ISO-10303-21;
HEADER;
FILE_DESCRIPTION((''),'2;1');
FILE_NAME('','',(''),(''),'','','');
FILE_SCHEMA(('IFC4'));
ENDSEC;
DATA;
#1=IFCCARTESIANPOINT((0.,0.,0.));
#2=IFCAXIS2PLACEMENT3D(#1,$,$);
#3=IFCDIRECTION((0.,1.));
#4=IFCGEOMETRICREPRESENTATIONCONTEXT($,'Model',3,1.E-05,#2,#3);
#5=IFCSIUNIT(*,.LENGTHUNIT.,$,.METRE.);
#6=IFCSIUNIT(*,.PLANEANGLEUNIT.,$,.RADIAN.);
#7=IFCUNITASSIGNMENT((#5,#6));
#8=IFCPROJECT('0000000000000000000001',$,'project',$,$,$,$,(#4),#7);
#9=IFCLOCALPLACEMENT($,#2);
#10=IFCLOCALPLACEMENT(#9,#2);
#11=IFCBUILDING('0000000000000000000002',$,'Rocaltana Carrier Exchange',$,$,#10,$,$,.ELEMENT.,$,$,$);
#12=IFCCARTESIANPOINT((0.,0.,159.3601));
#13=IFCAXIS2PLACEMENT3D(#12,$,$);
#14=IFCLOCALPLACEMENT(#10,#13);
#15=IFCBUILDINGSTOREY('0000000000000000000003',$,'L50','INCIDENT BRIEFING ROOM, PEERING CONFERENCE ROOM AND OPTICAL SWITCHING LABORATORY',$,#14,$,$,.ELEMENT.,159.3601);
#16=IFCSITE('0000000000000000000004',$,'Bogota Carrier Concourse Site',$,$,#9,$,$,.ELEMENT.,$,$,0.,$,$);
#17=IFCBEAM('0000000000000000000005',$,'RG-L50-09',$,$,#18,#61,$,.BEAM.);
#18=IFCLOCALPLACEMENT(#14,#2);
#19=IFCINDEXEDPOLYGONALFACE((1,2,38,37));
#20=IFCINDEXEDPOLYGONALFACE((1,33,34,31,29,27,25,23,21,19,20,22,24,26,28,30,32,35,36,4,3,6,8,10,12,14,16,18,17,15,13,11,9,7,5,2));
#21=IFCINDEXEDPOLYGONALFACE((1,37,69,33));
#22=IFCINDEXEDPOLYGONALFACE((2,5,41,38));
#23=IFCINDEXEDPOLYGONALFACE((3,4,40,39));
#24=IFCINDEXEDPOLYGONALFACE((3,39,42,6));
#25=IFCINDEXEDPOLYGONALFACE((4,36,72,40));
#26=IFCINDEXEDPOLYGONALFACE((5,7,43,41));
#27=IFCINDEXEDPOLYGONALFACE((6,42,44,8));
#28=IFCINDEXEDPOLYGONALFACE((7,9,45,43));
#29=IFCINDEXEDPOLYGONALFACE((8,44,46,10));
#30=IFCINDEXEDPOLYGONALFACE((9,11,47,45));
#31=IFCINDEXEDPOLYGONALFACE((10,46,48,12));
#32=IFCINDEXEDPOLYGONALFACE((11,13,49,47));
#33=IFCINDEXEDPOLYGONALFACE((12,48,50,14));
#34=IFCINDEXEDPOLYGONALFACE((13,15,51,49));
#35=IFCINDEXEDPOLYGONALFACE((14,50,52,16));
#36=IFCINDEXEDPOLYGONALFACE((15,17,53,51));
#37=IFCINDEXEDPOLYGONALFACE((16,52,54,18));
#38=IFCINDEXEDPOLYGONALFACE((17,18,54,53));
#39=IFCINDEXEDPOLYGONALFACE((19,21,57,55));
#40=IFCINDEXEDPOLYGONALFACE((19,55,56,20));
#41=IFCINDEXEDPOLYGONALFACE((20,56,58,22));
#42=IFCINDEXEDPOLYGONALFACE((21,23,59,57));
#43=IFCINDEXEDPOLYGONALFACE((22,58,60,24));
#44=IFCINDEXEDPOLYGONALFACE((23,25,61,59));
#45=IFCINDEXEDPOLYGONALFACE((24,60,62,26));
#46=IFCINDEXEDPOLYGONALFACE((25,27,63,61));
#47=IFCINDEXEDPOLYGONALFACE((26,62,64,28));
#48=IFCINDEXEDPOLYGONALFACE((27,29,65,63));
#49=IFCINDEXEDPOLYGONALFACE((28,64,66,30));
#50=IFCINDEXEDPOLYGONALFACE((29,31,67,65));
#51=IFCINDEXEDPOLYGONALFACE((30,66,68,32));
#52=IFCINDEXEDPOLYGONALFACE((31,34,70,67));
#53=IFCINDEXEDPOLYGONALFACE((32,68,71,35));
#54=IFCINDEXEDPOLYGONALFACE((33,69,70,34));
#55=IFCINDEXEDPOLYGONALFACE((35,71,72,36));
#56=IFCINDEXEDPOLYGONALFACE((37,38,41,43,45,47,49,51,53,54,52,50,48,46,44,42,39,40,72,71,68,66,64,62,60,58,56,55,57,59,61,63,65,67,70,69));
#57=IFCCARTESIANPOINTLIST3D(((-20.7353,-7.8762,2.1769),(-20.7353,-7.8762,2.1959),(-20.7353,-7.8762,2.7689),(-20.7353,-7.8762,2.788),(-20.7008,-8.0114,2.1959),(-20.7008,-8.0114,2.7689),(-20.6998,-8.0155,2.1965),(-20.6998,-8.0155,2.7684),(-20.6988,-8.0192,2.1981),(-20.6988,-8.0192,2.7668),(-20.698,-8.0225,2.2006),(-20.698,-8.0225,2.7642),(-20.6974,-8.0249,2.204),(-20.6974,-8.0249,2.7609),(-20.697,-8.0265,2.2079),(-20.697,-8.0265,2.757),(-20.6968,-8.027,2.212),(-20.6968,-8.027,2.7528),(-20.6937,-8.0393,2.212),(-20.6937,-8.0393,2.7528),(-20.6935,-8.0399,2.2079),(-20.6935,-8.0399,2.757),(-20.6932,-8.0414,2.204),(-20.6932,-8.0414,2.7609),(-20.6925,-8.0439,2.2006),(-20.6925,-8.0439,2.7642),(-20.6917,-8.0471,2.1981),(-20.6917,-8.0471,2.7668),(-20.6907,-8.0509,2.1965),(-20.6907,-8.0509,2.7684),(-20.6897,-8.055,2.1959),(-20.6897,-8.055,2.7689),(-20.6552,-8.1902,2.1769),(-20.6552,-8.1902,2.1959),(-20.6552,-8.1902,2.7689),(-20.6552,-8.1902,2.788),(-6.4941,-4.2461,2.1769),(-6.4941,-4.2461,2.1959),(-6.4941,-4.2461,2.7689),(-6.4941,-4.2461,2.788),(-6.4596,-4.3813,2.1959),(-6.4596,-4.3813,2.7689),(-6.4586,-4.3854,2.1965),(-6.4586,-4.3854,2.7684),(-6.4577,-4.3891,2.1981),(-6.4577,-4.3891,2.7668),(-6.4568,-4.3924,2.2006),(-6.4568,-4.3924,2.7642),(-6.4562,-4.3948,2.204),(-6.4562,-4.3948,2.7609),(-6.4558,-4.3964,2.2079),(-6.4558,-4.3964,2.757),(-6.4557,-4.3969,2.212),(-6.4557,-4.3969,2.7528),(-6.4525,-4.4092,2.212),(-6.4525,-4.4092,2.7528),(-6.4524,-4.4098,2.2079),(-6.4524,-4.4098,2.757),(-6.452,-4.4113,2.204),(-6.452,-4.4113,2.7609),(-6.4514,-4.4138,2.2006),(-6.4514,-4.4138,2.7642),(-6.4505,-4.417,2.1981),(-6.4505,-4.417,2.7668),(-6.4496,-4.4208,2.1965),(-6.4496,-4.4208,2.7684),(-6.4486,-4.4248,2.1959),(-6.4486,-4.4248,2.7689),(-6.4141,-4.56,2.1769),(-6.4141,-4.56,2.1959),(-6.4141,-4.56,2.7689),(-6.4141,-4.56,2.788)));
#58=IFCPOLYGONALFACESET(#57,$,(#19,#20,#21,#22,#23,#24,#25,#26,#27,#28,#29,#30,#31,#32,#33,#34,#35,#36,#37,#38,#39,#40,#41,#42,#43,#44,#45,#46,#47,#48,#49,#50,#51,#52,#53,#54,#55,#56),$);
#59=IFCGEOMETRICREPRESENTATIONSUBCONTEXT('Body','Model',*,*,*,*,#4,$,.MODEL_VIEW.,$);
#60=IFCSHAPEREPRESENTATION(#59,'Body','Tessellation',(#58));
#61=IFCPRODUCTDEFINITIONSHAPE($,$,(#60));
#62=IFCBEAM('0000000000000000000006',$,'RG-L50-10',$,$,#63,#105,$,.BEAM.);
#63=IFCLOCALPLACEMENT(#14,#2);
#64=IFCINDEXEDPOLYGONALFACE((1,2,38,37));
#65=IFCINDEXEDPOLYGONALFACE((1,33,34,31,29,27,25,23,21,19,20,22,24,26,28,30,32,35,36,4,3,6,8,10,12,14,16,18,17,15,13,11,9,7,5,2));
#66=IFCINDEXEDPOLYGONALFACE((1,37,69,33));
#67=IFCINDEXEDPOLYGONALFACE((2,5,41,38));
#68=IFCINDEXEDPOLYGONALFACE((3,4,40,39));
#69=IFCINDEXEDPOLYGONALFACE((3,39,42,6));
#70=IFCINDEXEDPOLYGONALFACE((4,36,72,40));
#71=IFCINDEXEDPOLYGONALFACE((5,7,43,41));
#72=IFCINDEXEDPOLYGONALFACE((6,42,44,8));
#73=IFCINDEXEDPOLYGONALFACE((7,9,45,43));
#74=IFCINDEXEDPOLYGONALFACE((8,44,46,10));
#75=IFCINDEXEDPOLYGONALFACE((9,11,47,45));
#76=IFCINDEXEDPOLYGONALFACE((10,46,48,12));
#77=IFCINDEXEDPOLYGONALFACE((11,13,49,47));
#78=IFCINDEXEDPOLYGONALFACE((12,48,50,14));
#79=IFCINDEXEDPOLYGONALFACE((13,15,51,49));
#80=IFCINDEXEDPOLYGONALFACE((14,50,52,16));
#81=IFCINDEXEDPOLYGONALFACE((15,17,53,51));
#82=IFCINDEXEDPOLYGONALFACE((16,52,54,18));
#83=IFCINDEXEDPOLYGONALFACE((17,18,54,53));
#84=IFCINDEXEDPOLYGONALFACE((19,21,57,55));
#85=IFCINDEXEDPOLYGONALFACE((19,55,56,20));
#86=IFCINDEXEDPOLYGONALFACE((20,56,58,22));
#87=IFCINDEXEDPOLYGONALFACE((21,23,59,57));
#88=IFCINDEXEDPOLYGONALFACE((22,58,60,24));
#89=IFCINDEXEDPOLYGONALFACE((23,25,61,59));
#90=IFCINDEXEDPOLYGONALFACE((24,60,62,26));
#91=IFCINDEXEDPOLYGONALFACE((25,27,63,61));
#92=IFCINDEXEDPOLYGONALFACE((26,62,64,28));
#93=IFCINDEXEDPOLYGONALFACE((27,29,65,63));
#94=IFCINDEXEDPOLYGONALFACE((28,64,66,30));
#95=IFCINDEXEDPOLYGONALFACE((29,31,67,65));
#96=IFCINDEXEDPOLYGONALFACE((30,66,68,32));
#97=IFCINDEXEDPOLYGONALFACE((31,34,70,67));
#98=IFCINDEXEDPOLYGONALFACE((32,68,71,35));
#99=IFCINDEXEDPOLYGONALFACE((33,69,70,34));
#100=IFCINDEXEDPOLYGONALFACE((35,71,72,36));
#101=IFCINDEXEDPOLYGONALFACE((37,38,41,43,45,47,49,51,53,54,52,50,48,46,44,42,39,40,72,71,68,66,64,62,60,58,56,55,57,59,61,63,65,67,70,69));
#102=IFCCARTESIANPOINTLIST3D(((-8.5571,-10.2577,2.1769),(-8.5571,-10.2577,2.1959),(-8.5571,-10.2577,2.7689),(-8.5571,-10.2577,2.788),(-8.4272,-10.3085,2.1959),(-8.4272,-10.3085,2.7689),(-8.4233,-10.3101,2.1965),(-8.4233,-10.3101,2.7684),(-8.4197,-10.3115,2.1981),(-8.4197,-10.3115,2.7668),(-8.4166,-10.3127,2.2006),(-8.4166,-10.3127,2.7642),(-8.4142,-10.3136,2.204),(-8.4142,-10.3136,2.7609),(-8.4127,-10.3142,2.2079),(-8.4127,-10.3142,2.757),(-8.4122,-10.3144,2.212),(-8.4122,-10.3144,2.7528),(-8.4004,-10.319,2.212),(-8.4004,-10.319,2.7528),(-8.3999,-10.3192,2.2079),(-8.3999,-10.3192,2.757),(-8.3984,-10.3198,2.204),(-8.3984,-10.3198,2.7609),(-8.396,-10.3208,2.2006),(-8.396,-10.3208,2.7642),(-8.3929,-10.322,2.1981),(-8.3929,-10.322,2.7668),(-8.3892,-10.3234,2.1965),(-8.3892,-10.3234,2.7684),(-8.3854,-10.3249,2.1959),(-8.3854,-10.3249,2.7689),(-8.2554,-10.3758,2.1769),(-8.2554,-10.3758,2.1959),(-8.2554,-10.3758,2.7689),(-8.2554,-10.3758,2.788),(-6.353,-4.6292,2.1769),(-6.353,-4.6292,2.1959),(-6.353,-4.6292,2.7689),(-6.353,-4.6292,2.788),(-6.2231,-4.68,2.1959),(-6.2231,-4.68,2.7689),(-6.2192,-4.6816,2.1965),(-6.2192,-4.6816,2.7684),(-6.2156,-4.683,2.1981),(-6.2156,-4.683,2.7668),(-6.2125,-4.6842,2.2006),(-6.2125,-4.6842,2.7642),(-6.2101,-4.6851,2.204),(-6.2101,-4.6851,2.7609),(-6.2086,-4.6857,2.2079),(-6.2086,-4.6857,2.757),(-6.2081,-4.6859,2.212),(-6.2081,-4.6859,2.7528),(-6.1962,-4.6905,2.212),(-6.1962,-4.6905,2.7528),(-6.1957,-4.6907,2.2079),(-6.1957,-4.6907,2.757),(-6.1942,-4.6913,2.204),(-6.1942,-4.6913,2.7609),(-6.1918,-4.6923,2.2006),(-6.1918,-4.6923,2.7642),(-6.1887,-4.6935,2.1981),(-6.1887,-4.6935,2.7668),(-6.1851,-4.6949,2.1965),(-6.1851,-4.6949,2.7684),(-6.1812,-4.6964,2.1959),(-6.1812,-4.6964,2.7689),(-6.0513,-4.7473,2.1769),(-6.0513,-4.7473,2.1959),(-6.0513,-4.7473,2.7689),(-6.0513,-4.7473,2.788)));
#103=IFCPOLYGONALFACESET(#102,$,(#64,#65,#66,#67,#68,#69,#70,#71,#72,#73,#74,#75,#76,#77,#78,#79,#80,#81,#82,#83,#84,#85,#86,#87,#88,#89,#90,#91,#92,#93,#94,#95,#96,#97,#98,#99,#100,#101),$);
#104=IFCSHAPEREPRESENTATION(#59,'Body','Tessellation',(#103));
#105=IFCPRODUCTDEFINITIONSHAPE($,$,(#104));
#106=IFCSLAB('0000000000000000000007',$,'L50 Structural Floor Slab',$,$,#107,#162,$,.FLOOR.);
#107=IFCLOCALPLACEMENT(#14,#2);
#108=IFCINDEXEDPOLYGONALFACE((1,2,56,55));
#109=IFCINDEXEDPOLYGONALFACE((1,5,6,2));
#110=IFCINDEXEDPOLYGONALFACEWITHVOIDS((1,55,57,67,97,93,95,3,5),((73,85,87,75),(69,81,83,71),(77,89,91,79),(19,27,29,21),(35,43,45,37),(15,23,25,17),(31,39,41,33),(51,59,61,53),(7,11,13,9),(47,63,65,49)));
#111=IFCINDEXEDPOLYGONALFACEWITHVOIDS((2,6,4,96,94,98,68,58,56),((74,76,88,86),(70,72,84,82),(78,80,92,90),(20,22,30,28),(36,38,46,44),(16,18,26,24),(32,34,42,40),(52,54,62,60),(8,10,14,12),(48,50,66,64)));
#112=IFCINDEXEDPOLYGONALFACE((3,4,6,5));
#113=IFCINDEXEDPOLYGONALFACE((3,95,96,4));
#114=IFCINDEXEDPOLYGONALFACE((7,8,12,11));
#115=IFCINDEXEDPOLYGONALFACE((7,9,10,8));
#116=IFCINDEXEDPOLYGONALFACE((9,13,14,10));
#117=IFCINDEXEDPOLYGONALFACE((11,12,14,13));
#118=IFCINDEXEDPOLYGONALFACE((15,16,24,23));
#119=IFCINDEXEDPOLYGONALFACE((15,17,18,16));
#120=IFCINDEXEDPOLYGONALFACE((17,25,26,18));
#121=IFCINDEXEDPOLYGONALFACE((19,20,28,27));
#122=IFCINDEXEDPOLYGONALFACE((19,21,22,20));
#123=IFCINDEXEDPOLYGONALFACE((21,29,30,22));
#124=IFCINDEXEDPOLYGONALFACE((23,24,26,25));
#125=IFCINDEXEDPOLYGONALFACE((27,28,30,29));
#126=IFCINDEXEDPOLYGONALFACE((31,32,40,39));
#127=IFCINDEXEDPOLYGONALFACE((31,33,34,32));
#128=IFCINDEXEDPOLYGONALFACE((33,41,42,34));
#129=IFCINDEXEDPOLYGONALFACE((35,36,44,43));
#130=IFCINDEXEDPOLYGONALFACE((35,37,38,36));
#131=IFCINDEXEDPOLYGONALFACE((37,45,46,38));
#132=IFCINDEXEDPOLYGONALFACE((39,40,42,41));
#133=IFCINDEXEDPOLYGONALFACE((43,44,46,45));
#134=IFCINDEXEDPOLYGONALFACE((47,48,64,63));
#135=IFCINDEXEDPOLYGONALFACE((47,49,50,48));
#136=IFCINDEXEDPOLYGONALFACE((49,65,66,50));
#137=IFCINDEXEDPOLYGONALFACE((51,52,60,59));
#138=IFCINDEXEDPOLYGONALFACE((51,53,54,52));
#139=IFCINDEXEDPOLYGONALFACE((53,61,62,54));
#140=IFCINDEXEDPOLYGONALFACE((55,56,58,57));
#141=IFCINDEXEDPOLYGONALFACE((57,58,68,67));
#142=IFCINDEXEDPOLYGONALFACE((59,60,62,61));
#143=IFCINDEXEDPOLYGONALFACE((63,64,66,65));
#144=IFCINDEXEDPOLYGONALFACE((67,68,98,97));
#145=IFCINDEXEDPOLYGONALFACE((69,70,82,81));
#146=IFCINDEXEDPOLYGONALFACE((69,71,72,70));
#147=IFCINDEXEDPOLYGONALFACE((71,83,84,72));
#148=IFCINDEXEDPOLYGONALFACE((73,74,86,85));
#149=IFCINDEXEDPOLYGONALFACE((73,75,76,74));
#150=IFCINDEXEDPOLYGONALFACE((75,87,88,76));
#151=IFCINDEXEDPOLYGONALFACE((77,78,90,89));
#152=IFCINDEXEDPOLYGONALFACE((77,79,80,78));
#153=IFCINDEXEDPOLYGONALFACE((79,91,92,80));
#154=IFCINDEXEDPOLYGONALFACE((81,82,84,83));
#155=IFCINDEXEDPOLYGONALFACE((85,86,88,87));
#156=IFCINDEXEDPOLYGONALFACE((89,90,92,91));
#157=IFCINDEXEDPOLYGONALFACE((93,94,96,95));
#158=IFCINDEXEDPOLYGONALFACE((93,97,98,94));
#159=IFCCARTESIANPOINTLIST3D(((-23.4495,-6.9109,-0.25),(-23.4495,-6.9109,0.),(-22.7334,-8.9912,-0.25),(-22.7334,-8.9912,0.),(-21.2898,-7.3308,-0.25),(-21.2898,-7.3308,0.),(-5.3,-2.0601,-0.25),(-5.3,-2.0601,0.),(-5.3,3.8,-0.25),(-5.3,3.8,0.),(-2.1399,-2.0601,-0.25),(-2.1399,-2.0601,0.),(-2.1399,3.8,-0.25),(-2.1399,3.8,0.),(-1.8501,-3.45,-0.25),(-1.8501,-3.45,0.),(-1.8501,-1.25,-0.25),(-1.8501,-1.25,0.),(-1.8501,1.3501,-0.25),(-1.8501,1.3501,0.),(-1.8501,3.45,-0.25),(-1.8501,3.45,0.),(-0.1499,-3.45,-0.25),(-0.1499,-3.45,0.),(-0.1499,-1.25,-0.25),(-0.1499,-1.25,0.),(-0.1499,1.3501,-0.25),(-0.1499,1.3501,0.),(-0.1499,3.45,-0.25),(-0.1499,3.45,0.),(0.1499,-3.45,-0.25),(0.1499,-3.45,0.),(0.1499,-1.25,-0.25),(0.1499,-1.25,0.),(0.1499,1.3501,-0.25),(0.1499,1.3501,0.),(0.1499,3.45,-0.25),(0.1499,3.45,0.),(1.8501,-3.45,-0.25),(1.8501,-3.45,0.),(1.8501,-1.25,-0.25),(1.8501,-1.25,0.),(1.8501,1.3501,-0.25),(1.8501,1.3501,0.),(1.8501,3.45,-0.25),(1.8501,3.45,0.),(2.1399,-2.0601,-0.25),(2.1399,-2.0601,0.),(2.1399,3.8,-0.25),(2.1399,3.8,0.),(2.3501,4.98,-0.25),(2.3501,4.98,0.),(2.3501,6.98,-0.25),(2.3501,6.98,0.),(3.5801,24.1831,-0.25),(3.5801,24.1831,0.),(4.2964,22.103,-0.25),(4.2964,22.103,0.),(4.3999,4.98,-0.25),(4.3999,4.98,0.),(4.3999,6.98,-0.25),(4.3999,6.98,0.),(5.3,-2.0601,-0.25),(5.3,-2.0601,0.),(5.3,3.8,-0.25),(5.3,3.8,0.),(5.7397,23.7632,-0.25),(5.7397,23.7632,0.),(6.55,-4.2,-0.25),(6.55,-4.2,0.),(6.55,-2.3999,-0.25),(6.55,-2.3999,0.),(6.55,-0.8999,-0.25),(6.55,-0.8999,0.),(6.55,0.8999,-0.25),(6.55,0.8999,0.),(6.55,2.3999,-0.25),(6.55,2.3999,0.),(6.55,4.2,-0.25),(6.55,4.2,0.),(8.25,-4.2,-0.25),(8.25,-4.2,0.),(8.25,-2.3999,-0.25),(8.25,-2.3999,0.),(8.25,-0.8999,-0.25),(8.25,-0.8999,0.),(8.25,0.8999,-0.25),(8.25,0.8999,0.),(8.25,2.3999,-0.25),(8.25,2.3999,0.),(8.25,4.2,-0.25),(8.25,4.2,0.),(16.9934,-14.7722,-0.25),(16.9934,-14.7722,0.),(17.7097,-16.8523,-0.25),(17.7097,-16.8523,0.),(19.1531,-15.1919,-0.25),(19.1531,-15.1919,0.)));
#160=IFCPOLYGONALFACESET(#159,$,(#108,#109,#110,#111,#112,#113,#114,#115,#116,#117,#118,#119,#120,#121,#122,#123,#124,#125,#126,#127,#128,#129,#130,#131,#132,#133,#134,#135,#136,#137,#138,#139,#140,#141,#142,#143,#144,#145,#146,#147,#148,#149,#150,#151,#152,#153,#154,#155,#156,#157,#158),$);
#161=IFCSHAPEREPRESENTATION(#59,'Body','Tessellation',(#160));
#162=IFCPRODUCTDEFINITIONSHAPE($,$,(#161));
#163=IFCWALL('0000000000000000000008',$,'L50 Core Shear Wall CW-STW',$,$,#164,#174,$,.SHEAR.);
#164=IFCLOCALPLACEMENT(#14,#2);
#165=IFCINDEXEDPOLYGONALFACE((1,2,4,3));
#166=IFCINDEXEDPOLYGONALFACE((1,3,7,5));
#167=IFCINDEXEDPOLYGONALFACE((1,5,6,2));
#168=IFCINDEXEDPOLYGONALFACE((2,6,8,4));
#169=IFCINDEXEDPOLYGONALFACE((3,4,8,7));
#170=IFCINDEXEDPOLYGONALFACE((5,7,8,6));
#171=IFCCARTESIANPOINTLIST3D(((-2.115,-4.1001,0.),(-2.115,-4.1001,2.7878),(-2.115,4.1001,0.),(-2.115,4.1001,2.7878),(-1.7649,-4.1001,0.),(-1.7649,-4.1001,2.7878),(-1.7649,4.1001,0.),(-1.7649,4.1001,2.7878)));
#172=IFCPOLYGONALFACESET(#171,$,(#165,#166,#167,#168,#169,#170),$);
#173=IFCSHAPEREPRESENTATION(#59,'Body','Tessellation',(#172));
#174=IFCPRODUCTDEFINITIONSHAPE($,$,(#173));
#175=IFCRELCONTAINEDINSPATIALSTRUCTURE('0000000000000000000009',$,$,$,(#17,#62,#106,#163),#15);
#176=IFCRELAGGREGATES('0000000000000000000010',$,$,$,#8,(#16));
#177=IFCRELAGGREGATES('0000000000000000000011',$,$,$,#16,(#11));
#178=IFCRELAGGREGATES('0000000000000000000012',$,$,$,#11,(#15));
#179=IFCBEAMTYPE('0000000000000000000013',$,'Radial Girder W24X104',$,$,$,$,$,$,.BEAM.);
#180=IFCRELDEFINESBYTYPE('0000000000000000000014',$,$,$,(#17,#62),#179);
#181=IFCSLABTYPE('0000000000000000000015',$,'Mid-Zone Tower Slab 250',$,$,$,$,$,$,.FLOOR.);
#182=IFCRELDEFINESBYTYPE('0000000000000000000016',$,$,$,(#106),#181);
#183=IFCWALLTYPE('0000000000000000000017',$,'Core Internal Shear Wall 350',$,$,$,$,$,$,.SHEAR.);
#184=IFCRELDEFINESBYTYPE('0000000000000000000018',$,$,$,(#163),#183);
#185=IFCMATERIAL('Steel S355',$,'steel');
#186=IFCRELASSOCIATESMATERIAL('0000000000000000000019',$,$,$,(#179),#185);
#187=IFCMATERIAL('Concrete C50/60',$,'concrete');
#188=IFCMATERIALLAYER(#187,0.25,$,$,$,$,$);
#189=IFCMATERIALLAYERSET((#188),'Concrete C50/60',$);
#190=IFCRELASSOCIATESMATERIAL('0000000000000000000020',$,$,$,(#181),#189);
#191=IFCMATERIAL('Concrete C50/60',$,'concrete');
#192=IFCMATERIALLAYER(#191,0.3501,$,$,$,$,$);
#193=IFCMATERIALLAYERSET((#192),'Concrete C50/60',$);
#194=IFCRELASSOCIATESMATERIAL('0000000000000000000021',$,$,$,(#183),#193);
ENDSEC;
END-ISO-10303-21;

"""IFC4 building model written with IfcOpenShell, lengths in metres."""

from ifc_helpers import new_model, si_unit, direction, frame, frame_2d, origin, origin_2d, place, context, subcontext, project, spatial, polyline, rectangle, i_section, outline, extrude, material, layer, layer_set, material_profile, profile_set, type_object, element, save


model = new_model("IFC4")

# Units and contexts
model_context = context("Model", 3, precision=1e-05, world=origin(), true_north=direction((0.0, 1.0)))
body_context = subcontext(model_context, "Body", "Model", "MODEL_VIEW")
ifc_project = project(units=[si_unit("LENGTHUNIT", "METRE"), si_unit("PLANEANGLEUNIT", "RADIAN")], contexts=[model_context])

# Site, building, storey
site_placement = place(None, origin())
site = spatial("IfcSite", under=ifc_project, at=site_placement, Name="Bogota Carrier Concourse Site", CompositionType="ELEMENT", RefElevation=0.0)
building_placement = place(site_placement, origin())
building = spatial("IfcBuilding", under=site, at=building_placement, Name="Rocaltana Carrier Exchange", CompositionType="ELEMENT")
storey_placement = place(building_placement, frame((0.0, 0.0, 159.3601)))
storey = spatial("IfcBuildingStorey", under=building, at=storey_placement, Name="L50", Description="INCIDENT BRIEFING ROOM, PEERING CONFERENCE ROOM AND OPTICAL SWITCHING LABORATORY", CompositionType="ELEMENT", Elevation=159.3601)

# Beams
ifc_material_1 = material(Name="Steel S355", Category="steel")
ifc_material_profile_1 = material_profile(ifc_material_1, i_section(OverallWidth=0.324, OverallDepth=0.6111, WebThickness=0.0127, FlangeThickness=0.019, FilletRadius=0.0161, at=origin_2d()), Name="W24X104")
ifc_profile_set_1 = profile_set([ifc_material_profile_1], Name="Steel S355")
beam_type = type_object("IfcBeamType", Name="Radial Girder W24X104", PredefinedType="BEAM", material=ifc_profile_set_1)
beam_1_placement = place(storey_placement, frame((-6.4541, -4.4031, 2.4824), z_axis=(-0.969014, -0.247005, 0.0), x_axis=(0.247005, -0.969014, 0.0)))
element("IfcBeam", 1, at=beam_1_placement, inside=storey, type_object=beam_type, Name="RG-L50-09", PredefinedType="BEAM", context=body_context, shape_type="SweptSolid", body=[
    extrude(i_section(OverallWidth=0.324, OverallDepth=0.6111, WebThickness=0.0127, FlangeThickness=0.019, FilletRadius=0.0161, at=origin_2d()), origin(), (0.0, 0.0, 1.0), 14.6965),
])
beam_2_placement = place(storey_placement, frame((-6.2021, -4.6882, 2.4824), z_axis=(-0.36464, -0.931149, 0.0), x_axis=(0.931149, -0.36464, 0.0)))
element("IfcBeam", 2, at=beam_2_placement, inside=storey, type_object=beam_type, Name="RG-L50-10", PredefinedType="BEAM", context=body_context, shape_type="SweptSolid", body=[
    extrude(i_section(OverallWidth=0.324, OverallDepth=0.6111, WebThickness=0.0127, FlangeThickness=0.019, FilletRadius=0.0161, at=origin_2d()), origin(), (0.0, 0.0, 1.0), 6.0447),
])

# Slab
ifc_material_2 = material(Name="Concrete C50/60", Category="concrete")
ifc_layer_1 = layer(ifc_material_2, 0.25)
ifc_layer_set_1 = layer_set([ifc_layer_1], Name="Concrete C50/60")
slab_type = type_object("IfcSlabType", Name="Mid-Zone Tower Slab 250", PredefinedType="FLOOR", material=ifc_layer_set_1)
slab_placement = place(storey_placement, frame((0.0, 0.0, -0.25)))
element("IfcSlab", 3, at=slab_placement, inside=storey, type_object=slab_type, Name="L50 Structural Floor Slab", PredefinedType="FLOOR", context=body_context, shape_type="SweptSolid", body=[
    extrude(outline(polyline([(17.7097, -16.8523), (16.9934, -14.7722), (19.1531, -15.1919), (5.7397, 23.7632), (4.2964, 22.103), (3.5801, 24.1831), (-23.4495, -6.9109), (-21.2898, -7.3308), (-22.7334, -8.9912), (17.7097, -16.8523)]), holes=[polyline([(-5.3, -2.0601), (-2.1399, -2.0601), (-2.1399, 3.8), (-5.3, 3.8), (-5.3, -2.0601)]), polyline([(2.1399, -2.0601), (5.3, -2.0601), (5.3, 3.8), (2.1399, 3.8), (2.1399, -2.0601)]), polyline([(-1.8501, -3.45), (-0.1499, -3.45), (-0.1499, -1.25), (-1.8501, -1.25), (-1.8501, -3.45)]), polyline([(0.1499, -3.45), (1.8501, -3.45), (1.8501, -1.25), (0.1499, -1.25), (0.1499, -3.45)]), polyline([(2.3501, 4.98), (4.3999, 4.98), (4.3999, 6.98), (2.3501, 6.98), (2.3501, 4.98)]), polyline([(-1.8501, 1.3501), (-0.1499, 1.3501), (-0.1499, 3.45), (-1.8501, 3.45), (-1.8501, 1.3501)]), polyline([(0.1499, 1.3501), (1.8501, 1.3501), (1.8501, 3.45), (0.1499, 3.45), (0.1499, 1.3501)]), polyline([(6.55, -4.2), (8.25, -4.2), (8.25, -2.3999), (6.55, -2.3999), (6.55, -4.2)]), polyline([(6.55, -0.8999), (8.25, -0.8999), (8.25, 0.8999), (6.55, 0.8999), (6.55, -0.8999)]), polyline([(6.55, 2.3999), (8.25, 2.3999), (8.25, 4.2), (6.55, 4.2), (6.55, 2.3999)])]), origin(), (0.0, 0.0, 1.0), 0.25),
])

# Wall
ifc_material_3 = material(Name="Concrete C50/60", Category="concrete")
ifc_layer_2 = layer(ifc_material_3, 0.3501)
ifc_layer_set_2 = layer_set([ifc_layer_2], Name="Concrete C50/60")
wall_type_1 = type_object("IfcWallType", Name="Core Internal Shear Wall 350", PredefinedType="SHEAR", material=ifc_layer_set_2)
wall_1_placement = place(storey_placement, frame((-1.9399, -4.1001, 0.0), z_axis=(0.0, 0.0, 1.0), x_axis=(0.0, 1.0, 0.0)))
element("IfcWall", 4, at=wall_1_placement, inside=storey, type_object=wall_type_1, Name="L50 Core Shear Wall CW-STW", PredefinedType="SHEAR", context=body_context, shape_type="SweptSolid", body=[
    extrude(rectangle(XDim=8.2002, YDim=0.3501, at=frame_2d((4.1001, 0.0))), origin(), (0.0, 0.0, 1.0), 2.7878),
])

save(model, "model.ifc")
